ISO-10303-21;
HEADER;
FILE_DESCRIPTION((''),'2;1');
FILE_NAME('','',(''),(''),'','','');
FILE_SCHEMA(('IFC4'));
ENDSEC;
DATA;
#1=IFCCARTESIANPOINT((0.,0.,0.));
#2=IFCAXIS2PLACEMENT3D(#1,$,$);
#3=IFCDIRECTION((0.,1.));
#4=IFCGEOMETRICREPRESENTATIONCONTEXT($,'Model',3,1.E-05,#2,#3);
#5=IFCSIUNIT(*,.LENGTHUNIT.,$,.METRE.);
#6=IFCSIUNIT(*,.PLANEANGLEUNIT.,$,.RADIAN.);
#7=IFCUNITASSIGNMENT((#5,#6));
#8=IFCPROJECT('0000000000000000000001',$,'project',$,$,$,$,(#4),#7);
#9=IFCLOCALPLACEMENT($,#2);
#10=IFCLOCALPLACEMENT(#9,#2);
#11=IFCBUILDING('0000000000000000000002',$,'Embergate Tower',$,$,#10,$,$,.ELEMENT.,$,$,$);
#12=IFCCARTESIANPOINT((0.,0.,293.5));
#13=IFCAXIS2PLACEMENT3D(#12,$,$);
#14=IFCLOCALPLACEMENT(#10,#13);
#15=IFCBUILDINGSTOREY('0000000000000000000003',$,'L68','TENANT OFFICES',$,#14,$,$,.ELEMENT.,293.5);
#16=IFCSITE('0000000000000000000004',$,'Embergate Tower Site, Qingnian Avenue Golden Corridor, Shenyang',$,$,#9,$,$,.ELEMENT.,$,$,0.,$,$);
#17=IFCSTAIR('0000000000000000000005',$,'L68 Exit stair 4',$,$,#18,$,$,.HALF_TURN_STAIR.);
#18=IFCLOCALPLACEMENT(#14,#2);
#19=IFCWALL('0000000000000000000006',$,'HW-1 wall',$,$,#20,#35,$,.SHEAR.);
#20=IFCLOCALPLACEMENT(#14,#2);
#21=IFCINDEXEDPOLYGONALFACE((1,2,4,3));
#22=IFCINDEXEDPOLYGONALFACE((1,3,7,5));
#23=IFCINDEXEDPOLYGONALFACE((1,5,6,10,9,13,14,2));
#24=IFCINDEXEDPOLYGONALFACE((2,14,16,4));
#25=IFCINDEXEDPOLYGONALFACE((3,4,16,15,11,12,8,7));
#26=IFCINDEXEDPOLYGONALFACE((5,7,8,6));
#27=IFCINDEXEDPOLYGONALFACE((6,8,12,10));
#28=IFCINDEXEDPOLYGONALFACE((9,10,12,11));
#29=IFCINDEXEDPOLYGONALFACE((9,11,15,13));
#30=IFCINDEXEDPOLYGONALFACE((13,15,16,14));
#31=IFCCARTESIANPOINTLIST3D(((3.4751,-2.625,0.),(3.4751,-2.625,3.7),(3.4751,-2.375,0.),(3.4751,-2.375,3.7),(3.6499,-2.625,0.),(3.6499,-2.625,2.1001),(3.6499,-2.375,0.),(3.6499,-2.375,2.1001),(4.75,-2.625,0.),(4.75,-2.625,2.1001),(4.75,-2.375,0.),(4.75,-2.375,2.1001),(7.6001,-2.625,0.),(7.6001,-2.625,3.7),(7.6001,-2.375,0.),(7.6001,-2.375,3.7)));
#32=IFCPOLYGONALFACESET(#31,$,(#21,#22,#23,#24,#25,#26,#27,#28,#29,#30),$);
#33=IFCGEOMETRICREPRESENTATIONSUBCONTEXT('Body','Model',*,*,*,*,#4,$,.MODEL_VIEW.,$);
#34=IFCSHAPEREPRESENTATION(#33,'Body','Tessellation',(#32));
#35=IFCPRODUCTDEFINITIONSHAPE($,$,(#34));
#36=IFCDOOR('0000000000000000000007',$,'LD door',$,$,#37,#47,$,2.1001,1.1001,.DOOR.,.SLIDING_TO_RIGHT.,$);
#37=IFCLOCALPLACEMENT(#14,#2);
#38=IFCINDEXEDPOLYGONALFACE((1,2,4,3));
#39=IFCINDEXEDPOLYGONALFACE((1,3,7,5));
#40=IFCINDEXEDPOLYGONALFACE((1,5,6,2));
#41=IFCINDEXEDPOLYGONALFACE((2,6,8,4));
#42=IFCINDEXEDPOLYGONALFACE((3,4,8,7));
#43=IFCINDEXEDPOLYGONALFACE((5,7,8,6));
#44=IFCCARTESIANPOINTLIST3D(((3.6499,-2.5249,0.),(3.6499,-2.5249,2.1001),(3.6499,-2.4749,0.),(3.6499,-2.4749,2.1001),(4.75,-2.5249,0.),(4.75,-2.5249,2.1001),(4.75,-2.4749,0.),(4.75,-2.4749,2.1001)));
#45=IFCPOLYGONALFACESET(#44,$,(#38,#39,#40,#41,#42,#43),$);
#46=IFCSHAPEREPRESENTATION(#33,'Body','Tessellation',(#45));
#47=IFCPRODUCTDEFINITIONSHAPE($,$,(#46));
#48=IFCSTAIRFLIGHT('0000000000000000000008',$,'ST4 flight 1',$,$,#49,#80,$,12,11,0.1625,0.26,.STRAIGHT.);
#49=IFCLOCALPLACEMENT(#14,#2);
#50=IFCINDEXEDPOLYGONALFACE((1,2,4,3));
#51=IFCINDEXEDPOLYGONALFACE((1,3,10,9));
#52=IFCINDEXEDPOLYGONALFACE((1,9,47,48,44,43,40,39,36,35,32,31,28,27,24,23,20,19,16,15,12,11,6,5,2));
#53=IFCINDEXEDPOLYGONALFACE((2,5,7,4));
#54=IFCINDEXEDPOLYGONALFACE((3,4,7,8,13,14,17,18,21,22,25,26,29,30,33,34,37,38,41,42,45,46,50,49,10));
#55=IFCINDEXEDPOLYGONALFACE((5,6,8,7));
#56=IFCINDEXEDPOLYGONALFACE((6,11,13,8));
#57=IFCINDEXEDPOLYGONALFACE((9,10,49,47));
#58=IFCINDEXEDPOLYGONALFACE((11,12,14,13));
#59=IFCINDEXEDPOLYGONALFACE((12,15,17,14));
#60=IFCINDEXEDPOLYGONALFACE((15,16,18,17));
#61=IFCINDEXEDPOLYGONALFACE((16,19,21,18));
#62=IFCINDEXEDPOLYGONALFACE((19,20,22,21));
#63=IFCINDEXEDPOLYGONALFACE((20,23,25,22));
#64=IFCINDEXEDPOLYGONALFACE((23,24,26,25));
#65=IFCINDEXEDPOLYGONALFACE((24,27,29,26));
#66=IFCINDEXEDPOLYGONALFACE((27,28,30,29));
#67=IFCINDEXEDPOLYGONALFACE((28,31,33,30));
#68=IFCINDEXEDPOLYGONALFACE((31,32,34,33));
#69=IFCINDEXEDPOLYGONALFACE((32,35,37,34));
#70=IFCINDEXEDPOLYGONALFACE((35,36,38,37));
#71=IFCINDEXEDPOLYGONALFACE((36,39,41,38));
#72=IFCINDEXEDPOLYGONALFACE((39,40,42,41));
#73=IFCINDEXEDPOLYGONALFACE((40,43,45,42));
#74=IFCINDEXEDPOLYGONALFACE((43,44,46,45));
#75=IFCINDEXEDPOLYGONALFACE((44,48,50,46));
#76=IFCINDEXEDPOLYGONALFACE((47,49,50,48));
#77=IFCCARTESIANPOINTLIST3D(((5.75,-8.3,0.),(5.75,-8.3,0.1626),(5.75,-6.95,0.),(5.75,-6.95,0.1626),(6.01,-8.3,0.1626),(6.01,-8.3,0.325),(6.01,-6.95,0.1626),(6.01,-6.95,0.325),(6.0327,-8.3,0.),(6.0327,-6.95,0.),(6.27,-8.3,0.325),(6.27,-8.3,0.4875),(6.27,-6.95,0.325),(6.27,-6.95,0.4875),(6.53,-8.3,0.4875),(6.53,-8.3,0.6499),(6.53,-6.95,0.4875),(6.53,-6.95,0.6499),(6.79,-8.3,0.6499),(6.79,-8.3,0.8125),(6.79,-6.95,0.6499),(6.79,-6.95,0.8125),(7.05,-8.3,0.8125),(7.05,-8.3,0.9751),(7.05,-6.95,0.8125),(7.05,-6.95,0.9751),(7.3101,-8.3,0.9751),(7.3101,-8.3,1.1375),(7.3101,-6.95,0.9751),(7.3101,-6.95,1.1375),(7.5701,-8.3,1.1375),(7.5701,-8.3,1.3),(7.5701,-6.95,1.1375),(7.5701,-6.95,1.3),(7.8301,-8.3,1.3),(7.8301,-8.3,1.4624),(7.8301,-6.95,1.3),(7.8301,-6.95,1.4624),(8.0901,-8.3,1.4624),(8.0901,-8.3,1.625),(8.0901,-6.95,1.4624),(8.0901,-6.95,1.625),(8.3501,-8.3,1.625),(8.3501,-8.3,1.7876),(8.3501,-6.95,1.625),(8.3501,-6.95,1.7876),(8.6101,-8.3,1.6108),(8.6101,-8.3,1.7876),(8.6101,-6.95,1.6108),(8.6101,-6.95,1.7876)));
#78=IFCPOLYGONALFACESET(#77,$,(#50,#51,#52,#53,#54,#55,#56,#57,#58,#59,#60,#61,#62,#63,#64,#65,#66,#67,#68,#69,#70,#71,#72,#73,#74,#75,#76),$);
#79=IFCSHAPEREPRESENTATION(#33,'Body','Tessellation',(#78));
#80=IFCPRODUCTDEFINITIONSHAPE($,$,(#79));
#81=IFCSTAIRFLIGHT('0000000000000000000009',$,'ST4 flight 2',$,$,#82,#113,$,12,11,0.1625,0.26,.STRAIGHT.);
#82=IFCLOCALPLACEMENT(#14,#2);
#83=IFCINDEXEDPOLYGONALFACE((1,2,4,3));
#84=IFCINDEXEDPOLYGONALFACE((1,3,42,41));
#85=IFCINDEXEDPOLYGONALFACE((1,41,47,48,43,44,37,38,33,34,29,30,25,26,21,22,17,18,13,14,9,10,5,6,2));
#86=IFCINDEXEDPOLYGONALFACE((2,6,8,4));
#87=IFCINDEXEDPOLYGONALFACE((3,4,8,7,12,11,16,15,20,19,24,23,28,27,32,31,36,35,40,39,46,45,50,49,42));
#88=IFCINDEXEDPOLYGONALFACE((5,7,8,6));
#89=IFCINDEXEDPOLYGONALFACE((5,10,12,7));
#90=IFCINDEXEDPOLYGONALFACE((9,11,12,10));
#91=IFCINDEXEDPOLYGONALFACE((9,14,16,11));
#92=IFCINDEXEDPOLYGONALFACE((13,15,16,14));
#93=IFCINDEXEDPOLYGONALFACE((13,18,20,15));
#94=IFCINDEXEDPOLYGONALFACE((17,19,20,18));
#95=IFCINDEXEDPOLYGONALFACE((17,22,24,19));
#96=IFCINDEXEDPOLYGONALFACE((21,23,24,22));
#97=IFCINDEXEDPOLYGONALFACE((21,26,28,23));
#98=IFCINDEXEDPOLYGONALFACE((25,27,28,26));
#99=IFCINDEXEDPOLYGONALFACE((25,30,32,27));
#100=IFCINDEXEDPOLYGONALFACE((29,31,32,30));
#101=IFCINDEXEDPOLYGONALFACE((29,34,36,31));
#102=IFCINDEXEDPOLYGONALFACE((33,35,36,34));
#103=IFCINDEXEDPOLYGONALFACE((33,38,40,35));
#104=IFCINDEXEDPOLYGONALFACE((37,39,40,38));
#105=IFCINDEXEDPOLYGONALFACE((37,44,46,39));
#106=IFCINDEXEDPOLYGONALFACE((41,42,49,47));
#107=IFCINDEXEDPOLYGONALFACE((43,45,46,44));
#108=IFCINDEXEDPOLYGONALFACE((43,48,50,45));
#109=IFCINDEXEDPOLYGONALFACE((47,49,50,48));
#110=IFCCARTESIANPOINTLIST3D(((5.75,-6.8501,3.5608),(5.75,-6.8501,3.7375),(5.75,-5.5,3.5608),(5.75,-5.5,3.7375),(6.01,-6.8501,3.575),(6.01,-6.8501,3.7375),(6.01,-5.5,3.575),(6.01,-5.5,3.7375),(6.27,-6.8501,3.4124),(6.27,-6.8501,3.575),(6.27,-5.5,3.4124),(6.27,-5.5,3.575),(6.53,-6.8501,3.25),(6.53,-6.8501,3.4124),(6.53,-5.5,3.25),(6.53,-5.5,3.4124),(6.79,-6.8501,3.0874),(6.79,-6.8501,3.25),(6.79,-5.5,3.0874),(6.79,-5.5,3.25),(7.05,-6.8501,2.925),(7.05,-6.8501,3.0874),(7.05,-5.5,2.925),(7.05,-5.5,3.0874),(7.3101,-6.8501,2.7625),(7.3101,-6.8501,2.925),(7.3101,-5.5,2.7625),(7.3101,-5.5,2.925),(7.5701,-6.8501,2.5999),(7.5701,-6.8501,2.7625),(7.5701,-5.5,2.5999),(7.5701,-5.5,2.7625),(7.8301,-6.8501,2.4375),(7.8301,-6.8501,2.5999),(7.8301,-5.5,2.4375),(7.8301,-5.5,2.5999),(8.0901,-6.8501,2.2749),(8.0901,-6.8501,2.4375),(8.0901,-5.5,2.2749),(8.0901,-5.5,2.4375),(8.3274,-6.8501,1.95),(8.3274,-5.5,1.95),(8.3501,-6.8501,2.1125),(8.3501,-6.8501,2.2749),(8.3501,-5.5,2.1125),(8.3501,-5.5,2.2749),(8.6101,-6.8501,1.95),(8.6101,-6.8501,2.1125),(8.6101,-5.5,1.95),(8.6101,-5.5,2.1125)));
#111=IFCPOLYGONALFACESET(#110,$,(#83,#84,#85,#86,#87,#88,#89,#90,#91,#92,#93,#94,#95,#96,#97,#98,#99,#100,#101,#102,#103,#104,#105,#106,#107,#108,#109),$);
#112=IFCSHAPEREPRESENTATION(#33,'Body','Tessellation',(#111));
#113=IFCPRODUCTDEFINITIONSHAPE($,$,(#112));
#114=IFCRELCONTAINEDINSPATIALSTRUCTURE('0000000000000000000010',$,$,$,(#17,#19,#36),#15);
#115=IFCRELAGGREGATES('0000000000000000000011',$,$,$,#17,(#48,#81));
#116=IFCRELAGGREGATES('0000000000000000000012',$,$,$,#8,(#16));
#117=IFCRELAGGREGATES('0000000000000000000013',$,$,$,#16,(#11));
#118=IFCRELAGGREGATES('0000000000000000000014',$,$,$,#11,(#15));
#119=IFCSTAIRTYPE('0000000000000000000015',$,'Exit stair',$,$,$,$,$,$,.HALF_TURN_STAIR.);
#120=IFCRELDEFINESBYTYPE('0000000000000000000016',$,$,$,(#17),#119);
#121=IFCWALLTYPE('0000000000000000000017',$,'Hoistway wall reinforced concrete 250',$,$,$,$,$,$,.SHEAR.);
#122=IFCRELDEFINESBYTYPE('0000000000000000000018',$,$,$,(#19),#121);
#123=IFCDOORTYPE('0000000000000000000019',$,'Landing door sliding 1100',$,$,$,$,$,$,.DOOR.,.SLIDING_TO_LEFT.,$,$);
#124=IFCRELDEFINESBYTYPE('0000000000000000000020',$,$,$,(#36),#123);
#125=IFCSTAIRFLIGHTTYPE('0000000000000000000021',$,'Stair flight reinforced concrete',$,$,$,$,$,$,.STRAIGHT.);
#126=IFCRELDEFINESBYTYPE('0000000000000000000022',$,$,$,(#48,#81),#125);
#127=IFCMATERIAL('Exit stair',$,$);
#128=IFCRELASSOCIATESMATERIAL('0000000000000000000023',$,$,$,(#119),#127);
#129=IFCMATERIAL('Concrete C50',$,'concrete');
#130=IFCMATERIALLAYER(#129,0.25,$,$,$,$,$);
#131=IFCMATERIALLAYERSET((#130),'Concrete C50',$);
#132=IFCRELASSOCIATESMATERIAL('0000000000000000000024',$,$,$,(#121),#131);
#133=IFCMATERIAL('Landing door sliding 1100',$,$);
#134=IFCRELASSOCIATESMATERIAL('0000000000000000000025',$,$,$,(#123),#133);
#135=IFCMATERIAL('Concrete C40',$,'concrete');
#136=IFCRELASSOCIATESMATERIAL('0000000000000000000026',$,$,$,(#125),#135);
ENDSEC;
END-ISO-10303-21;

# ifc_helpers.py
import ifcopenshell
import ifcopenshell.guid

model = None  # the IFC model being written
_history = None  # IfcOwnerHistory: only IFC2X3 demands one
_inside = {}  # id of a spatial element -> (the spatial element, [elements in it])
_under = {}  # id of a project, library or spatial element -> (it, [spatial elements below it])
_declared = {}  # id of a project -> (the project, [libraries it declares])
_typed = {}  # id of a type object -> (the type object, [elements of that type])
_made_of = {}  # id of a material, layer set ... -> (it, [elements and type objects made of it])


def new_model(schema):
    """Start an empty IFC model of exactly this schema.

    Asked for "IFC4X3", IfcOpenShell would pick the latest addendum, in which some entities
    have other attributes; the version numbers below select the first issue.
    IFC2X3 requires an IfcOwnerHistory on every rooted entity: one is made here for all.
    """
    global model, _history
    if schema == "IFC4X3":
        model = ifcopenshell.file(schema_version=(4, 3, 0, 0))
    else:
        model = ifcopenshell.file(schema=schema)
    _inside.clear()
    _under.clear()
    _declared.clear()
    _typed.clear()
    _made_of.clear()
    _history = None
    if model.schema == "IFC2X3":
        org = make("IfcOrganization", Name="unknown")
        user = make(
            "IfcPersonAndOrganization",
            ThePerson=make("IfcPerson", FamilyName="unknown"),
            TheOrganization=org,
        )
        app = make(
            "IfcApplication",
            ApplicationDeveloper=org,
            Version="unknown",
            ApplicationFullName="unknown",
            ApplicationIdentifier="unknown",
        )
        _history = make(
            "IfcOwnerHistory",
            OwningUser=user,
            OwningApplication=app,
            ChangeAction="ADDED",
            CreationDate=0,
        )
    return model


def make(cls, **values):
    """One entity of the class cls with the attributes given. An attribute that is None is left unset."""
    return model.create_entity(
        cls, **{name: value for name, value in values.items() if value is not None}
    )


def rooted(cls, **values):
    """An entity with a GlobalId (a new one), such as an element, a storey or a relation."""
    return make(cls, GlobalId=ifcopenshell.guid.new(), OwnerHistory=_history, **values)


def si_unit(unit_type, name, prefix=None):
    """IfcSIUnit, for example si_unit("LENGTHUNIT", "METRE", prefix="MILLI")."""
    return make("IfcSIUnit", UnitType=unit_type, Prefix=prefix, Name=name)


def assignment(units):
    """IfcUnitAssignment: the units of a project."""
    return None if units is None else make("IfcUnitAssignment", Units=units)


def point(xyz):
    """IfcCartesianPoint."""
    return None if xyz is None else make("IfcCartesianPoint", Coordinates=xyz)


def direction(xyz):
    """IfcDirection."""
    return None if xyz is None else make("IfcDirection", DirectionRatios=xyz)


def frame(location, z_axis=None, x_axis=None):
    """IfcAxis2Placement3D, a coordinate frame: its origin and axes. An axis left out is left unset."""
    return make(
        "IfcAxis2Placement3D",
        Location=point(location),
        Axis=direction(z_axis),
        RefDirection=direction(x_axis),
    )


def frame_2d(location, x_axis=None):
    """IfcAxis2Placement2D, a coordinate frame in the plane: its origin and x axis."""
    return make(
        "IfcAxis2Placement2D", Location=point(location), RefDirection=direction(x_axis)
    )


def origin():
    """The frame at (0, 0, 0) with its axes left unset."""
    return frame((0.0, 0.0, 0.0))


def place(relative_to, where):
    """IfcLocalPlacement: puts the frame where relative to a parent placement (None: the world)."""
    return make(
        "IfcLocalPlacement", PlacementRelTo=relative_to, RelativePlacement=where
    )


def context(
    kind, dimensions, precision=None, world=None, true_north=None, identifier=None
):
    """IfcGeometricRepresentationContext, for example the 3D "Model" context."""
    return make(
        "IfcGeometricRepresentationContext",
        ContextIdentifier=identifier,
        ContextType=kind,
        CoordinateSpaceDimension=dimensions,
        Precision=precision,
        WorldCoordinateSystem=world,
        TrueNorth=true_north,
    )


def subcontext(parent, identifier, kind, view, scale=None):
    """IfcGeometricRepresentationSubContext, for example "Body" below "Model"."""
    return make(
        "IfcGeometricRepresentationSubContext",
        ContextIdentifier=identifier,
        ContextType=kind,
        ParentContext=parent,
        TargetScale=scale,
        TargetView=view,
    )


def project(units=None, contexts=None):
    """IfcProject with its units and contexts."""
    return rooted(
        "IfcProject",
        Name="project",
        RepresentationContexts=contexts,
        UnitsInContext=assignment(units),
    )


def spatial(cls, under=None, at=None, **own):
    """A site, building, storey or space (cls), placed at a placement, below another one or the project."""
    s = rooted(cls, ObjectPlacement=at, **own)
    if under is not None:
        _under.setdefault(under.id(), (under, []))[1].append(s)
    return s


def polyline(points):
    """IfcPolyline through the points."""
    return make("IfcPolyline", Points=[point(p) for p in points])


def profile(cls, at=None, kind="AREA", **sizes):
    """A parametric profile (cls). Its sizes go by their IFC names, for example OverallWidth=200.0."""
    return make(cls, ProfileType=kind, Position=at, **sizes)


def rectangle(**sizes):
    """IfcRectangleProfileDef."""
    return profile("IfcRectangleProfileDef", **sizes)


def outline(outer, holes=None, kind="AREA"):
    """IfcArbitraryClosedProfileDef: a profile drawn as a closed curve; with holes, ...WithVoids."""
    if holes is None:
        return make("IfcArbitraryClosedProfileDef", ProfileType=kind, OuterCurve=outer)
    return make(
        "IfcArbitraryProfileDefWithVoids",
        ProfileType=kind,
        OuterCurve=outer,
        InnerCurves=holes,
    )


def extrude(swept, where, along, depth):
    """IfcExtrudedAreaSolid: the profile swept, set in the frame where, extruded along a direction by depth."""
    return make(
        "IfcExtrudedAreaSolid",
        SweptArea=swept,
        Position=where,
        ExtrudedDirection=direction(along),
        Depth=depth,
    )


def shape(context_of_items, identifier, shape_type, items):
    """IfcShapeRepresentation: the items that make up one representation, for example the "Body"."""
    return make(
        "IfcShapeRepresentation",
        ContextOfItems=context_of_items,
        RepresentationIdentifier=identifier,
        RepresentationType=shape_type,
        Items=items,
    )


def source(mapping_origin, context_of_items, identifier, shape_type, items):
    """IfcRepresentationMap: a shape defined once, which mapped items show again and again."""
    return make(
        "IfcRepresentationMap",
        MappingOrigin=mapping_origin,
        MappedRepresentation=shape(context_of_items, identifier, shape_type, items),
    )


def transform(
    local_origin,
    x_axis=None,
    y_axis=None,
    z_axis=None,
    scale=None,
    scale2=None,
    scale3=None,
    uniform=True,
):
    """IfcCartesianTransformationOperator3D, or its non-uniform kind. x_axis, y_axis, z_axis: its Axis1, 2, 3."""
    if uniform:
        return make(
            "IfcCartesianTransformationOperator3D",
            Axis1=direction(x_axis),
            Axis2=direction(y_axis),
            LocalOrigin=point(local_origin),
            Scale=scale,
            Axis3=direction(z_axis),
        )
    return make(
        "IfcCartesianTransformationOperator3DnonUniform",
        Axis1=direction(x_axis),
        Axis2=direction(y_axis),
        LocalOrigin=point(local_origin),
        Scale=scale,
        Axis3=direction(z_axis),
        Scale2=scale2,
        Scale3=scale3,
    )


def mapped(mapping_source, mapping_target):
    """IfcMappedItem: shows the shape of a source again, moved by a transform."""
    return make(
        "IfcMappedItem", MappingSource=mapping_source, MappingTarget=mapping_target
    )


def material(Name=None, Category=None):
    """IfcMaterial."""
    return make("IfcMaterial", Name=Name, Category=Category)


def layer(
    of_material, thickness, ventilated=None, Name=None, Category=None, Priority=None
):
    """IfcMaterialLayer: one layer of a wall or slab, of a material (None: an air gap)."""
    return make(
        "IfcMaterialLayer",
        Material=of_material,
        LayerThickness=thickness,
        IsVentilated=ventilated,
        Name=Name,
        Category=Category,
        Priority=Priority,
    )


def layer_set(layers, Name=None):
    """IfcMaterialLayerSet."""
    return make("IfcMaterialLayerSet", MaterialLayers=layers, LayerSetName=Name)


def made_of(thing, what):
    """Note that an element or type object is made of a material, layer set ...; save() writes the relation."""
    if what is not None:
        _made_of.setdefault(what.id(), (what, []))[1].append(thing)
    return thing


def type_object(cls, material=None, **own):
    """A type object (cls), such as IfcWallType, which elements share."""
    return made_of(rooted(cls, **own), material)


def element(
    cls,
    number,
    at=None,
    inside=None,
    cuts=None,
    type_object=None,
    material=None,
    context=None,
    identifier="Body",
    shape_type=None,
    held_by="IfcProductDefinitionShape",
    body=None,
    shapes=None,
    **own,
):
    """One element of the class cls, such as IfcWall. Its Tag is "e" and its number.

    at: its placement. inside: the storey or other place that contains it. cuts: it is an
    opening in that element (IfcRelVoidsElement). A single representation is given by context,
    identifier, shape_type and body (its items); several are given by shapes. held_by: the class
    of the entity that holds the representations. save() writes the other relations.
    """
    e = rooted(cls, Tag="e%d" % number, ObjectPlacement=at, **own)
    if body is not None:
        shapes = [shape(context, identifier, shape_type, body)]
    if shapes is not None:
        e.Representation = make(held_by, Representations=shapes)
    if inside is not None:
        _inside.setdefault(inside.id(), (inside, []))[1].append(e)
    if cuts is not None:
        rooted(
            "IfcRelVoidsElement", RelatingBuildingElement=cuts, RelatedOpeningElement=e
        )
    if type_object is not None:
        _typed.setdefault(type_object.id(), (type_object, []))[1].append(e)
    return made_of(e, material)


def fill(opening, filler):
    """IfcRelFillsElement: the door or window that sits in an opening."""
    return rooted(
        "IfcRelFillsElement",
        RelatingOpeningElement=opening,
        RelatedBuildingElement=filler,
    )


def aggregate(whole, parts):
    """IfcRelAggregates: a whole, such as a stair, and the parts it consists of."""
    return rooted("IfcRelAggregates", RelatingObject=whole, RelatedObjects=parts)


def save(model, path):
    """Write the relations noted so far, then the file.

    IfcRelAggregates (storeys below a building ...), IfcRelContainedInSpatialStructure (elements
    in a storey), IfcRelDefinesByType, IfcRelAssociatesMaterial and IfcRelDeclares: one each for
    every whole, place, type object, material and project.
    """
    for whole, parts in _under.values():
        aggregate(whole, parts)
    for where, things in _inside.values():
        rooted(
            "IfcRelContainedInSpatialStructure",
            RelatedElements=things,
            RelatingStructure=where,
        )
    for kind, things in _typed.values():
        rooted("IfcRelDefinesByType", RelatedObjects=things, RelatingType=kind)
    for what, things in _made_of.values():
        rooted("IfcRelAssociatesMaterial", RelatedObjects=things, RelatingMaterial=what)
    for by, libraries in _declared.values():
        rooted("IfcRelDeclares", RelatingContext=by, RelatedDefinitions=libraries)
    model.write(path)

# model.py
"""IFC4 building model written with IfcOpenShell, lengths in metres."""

from ifc_helpers import new_model, si_unit, direction, frame, frame_2d, origin, place, context, subcontext, project, spatial, polyline, rectangle, outline, extrude, source, transform, mapped, material, layer, layer_set, type_object, element, fill, aggregate, save


model = new_model("IFC4")

# Units and contexts
model_context = context("Model", 3, precision=1e-05, world=origin(), true_north=direction((0.0, 1.0)))
body_context = subcontext(model_context, "Body", "Model", "MODEL_VIEW")
ifc_project = project(units=[si_unit("LENGTHUNIT", "METRE"), si_unit("PLANEANGLEUNIT", "RADIAN")], contexts=[model_context])

# Site, building, storey
site_placement = place(None, origin())
site = spatial("IfcSite", under=ifc_project, at=site_placement, Name="Embergate Tower Site, Qingnian Avenue Golden Corridor, Shenyang", CompositionType="ELEMENT", RefElevation=0.0)
building_placement = place(site_placement, origin())
building = spatial("IfcBuilding", under=site, at=building_placement, Name="Embergate Tower", CompositionType="ELEMENT")
storey_placement = place(building_placement, frame((0.0, 0.0, 293.5)))
storey = spatial("IfcBuildingStorey", under=building, at=storey_placement, Name="L68", Description="TENANT OFFICES", CompositionType="ELEMENT", Elevation=293.5)

# Stair
ifc_material_1 = material(Name="Exit stair")
stair_type = type_object("IfcStairType", Name="Exit stair", PredefinedType="HALF_TURN_STAIR", material=ifc_material_1)
stair_placement = place(storey_placement, origin())
stair = element("IfcStair", 1, at=stair_placement, inside=storey, type_object=stair_type, Name="L68 Exit stair 4", PredefinedType="HALF_TURN_STAIR")
ifc_material_2 = material(Name="Concrete C40", Category="concrete")

# Shared definitions
ifc_material_3 = material(Name="Concrete C50", Category="concrete")

# Shared definitions
ifc_layer_1 = layer(ifc_material_3, 0.25)
ifc_layer_set_1 = layer_set([ifc_layer_1], Name="Concrete C50")
wall_type_1 = type_object("IfcWallType", Name="Hoistway wall reinforced concrete 250", PredefinedType="SHEAR", material=ifc_layer_set_1)

# Wall, opening, door
shared_shape_1 = source(origin(), body_context, "Body", "SweptSolid", [
    extrude(rectangle(XDim=4.125, YDim=0.25, at=frame_2d((2.0625, 0.0))), origin(), (0.0, 0.0, 1.0), 3.7),
])
wall_1_placement = place(storey_placement, frame((7.6001, -2.5, 0.0), z_axis=(0.0, 0.0, 1.0), x_axis=(-1.0, 0.0, 0.0)))
wall_1 = element("IfcWall", 2, at=wall_1_placement, inside=storey, type_object=wall_type_1, Name="HW-1 wall", PredefinedType="SHEAR", context=body_context, shape_type="MappedRepresentation", body=[
    mapped(shared_shape_1, transform((0.0, 0.0, 0.0))),
])
shared_shape_2 = source(origin(), body_context, "Body", "SweptSolid", [
    extrude(rectangle(XDim=1.1001, YDim=2.1001, at=frame_2d((0.55, 1.05))), frame((0.0, 0.135, 0.0), z_axis=(0.0, -1.0, 0.0), x_axis=(1.0, 0.0, 0.0)), (0.0, 0.0, 1.0), 0.27),
])
opening_1_placement = place(wall_1_placement, frame((2.8501, 0.0, 0.0)))
opening_1 = element("IfcOpeningElement", 3, at=opening_1_placement, cuts=wall_1, PredefinedType="OPENING", context=body_context, shape_type="MappedRepresentation", body=[
    mapped(shared_shape_2, transform((0.0, 0.0, 0.0))),
])
ifc_material_4 = material(Name="Landing door sliding 1100")
door_type_1 = type_object("IfcDoorType", Name="Landing door sliding 1100", OperationType="SLIDING_TO_LEFT", PredefinedType="DOOR", material=ifc_material_4)
shared_shape_3 = source(origin(), body_context, "Body", "SweptSolid", [
    extrude(rectangle(XDim=1.1001, YDim=2.1001, at=frame_2d((0.55, 1.05))), frame((0.0, 0.0249, 0.0), z_axis=(0.0, -1.0, 0.0), x_axis=(1.0, 0.0, 0.0)), (0.0, 0.0, 1.0), 0.05),
])
door_1_placement = place(opening_1_placement, origin())
door_1 = element("IfcDoor", 4, at=door_1_placement, inside=storey, type_object=door_type_1, Name="LD door", OperationType="SLIDING_TO_RIGHT", OverallHeight=2.1001, OverallWidth=1.1001, PredefinedType="DOOR", context=body_context, shape_type="MappedRepresentation", body=[
    mapped(shared_shape_3, transform((0.0, 0.0, 0.0))),
])
fill(opening_1, door_1)

# Stair flights
stair_flight_type = type_object("IfcStairFlightType", Name="Stair flight reinforced concrete", PredefinedType="STRAIGHT", material=ifc_material_2)
shared_shape_4 = source(origin(), body_context, "Body", "SweptSolid", [
    extrude(outline(polyline([(0.0, 0.0), (0.0, 0.1626), (0.26, 0.1626), (0.26, 0.325), (0.52, 0.325), (0.52, 0.4875), (0.78, 0.4875), (0.78, 0.6499), (1.04, 0.6499), (1.04, 0.8125), (1.3, 0.8125), (1.3, 0.9751), (1.5601, 0.9751), (1.5601, 1.1375), (1.8201, 1.1375), (1.8201, 1.3), (2.0801, 1.3), (2.0801, 1.4624), (2.3401, 1.4624), (2.3401, 1.625), (2.6001, 1.625), (2.6001, 1.7876), (2.8601, 1.7876), (2.8601, 1.95), (2.8601, 1.6108), (0.2827, 0.0), (0.0, 0.0)])), frame((0.0, 0.675, 0.0), z_axis=(0.0, -1.0, 0.0), x_axis=(1.0, 0.0, 0.0)), (0.0, 0.0, 1.0), 1.3501),
])
stair_flight_1_placement = place(storey_placement, frame((5.75, -7.625, 0.0), z_axis=(0.0, 0.0, 1.0), x_axis=(1.0, 0.0, 0.0)))
stair_flight_1 = element("IfcStairFlight", 5, at=stair_flight_1_placement, type_object=stair_flight_type, Name="ST4 flight 1", NumberOfRisers=12, NumberOfTreads=11, PredefinedType="STRAIGHT", RiserHeight=0.1625, TreadLength=0.26, context=body_context, shape_type="MappedRepresentation", body=[
    mapped(shared_shape_4, transform((0.0, 0.0, 0.0))),
])
stair_flight_2_placement = place(storey_placement, frame((8.6101, -6.175, 1.95), z_axis=(0.0, 0.0, 1.0), x_axis=(-1.0, 0.0, 0.0)))
stair_flight_2 = element("IfcStairFlight", 6, at=stair_flight_2_placement, type_object=stair_flight_type, Name="ST4 flight 2", NumberOfRisers=12, NumberOfTreads=11, PredefinedType="STRAIGHT", RiserHeight=0.1625, TreadLength=0.26, context=body_context, shape_type="MappedRepresentation", body=[
    mapped(shared_shape_4, transform((0.0, 0.0, 0.0))),
])
aggregate(stair, [stair_flight_1, stair_flight_2])

save(model, "model.ifc")
